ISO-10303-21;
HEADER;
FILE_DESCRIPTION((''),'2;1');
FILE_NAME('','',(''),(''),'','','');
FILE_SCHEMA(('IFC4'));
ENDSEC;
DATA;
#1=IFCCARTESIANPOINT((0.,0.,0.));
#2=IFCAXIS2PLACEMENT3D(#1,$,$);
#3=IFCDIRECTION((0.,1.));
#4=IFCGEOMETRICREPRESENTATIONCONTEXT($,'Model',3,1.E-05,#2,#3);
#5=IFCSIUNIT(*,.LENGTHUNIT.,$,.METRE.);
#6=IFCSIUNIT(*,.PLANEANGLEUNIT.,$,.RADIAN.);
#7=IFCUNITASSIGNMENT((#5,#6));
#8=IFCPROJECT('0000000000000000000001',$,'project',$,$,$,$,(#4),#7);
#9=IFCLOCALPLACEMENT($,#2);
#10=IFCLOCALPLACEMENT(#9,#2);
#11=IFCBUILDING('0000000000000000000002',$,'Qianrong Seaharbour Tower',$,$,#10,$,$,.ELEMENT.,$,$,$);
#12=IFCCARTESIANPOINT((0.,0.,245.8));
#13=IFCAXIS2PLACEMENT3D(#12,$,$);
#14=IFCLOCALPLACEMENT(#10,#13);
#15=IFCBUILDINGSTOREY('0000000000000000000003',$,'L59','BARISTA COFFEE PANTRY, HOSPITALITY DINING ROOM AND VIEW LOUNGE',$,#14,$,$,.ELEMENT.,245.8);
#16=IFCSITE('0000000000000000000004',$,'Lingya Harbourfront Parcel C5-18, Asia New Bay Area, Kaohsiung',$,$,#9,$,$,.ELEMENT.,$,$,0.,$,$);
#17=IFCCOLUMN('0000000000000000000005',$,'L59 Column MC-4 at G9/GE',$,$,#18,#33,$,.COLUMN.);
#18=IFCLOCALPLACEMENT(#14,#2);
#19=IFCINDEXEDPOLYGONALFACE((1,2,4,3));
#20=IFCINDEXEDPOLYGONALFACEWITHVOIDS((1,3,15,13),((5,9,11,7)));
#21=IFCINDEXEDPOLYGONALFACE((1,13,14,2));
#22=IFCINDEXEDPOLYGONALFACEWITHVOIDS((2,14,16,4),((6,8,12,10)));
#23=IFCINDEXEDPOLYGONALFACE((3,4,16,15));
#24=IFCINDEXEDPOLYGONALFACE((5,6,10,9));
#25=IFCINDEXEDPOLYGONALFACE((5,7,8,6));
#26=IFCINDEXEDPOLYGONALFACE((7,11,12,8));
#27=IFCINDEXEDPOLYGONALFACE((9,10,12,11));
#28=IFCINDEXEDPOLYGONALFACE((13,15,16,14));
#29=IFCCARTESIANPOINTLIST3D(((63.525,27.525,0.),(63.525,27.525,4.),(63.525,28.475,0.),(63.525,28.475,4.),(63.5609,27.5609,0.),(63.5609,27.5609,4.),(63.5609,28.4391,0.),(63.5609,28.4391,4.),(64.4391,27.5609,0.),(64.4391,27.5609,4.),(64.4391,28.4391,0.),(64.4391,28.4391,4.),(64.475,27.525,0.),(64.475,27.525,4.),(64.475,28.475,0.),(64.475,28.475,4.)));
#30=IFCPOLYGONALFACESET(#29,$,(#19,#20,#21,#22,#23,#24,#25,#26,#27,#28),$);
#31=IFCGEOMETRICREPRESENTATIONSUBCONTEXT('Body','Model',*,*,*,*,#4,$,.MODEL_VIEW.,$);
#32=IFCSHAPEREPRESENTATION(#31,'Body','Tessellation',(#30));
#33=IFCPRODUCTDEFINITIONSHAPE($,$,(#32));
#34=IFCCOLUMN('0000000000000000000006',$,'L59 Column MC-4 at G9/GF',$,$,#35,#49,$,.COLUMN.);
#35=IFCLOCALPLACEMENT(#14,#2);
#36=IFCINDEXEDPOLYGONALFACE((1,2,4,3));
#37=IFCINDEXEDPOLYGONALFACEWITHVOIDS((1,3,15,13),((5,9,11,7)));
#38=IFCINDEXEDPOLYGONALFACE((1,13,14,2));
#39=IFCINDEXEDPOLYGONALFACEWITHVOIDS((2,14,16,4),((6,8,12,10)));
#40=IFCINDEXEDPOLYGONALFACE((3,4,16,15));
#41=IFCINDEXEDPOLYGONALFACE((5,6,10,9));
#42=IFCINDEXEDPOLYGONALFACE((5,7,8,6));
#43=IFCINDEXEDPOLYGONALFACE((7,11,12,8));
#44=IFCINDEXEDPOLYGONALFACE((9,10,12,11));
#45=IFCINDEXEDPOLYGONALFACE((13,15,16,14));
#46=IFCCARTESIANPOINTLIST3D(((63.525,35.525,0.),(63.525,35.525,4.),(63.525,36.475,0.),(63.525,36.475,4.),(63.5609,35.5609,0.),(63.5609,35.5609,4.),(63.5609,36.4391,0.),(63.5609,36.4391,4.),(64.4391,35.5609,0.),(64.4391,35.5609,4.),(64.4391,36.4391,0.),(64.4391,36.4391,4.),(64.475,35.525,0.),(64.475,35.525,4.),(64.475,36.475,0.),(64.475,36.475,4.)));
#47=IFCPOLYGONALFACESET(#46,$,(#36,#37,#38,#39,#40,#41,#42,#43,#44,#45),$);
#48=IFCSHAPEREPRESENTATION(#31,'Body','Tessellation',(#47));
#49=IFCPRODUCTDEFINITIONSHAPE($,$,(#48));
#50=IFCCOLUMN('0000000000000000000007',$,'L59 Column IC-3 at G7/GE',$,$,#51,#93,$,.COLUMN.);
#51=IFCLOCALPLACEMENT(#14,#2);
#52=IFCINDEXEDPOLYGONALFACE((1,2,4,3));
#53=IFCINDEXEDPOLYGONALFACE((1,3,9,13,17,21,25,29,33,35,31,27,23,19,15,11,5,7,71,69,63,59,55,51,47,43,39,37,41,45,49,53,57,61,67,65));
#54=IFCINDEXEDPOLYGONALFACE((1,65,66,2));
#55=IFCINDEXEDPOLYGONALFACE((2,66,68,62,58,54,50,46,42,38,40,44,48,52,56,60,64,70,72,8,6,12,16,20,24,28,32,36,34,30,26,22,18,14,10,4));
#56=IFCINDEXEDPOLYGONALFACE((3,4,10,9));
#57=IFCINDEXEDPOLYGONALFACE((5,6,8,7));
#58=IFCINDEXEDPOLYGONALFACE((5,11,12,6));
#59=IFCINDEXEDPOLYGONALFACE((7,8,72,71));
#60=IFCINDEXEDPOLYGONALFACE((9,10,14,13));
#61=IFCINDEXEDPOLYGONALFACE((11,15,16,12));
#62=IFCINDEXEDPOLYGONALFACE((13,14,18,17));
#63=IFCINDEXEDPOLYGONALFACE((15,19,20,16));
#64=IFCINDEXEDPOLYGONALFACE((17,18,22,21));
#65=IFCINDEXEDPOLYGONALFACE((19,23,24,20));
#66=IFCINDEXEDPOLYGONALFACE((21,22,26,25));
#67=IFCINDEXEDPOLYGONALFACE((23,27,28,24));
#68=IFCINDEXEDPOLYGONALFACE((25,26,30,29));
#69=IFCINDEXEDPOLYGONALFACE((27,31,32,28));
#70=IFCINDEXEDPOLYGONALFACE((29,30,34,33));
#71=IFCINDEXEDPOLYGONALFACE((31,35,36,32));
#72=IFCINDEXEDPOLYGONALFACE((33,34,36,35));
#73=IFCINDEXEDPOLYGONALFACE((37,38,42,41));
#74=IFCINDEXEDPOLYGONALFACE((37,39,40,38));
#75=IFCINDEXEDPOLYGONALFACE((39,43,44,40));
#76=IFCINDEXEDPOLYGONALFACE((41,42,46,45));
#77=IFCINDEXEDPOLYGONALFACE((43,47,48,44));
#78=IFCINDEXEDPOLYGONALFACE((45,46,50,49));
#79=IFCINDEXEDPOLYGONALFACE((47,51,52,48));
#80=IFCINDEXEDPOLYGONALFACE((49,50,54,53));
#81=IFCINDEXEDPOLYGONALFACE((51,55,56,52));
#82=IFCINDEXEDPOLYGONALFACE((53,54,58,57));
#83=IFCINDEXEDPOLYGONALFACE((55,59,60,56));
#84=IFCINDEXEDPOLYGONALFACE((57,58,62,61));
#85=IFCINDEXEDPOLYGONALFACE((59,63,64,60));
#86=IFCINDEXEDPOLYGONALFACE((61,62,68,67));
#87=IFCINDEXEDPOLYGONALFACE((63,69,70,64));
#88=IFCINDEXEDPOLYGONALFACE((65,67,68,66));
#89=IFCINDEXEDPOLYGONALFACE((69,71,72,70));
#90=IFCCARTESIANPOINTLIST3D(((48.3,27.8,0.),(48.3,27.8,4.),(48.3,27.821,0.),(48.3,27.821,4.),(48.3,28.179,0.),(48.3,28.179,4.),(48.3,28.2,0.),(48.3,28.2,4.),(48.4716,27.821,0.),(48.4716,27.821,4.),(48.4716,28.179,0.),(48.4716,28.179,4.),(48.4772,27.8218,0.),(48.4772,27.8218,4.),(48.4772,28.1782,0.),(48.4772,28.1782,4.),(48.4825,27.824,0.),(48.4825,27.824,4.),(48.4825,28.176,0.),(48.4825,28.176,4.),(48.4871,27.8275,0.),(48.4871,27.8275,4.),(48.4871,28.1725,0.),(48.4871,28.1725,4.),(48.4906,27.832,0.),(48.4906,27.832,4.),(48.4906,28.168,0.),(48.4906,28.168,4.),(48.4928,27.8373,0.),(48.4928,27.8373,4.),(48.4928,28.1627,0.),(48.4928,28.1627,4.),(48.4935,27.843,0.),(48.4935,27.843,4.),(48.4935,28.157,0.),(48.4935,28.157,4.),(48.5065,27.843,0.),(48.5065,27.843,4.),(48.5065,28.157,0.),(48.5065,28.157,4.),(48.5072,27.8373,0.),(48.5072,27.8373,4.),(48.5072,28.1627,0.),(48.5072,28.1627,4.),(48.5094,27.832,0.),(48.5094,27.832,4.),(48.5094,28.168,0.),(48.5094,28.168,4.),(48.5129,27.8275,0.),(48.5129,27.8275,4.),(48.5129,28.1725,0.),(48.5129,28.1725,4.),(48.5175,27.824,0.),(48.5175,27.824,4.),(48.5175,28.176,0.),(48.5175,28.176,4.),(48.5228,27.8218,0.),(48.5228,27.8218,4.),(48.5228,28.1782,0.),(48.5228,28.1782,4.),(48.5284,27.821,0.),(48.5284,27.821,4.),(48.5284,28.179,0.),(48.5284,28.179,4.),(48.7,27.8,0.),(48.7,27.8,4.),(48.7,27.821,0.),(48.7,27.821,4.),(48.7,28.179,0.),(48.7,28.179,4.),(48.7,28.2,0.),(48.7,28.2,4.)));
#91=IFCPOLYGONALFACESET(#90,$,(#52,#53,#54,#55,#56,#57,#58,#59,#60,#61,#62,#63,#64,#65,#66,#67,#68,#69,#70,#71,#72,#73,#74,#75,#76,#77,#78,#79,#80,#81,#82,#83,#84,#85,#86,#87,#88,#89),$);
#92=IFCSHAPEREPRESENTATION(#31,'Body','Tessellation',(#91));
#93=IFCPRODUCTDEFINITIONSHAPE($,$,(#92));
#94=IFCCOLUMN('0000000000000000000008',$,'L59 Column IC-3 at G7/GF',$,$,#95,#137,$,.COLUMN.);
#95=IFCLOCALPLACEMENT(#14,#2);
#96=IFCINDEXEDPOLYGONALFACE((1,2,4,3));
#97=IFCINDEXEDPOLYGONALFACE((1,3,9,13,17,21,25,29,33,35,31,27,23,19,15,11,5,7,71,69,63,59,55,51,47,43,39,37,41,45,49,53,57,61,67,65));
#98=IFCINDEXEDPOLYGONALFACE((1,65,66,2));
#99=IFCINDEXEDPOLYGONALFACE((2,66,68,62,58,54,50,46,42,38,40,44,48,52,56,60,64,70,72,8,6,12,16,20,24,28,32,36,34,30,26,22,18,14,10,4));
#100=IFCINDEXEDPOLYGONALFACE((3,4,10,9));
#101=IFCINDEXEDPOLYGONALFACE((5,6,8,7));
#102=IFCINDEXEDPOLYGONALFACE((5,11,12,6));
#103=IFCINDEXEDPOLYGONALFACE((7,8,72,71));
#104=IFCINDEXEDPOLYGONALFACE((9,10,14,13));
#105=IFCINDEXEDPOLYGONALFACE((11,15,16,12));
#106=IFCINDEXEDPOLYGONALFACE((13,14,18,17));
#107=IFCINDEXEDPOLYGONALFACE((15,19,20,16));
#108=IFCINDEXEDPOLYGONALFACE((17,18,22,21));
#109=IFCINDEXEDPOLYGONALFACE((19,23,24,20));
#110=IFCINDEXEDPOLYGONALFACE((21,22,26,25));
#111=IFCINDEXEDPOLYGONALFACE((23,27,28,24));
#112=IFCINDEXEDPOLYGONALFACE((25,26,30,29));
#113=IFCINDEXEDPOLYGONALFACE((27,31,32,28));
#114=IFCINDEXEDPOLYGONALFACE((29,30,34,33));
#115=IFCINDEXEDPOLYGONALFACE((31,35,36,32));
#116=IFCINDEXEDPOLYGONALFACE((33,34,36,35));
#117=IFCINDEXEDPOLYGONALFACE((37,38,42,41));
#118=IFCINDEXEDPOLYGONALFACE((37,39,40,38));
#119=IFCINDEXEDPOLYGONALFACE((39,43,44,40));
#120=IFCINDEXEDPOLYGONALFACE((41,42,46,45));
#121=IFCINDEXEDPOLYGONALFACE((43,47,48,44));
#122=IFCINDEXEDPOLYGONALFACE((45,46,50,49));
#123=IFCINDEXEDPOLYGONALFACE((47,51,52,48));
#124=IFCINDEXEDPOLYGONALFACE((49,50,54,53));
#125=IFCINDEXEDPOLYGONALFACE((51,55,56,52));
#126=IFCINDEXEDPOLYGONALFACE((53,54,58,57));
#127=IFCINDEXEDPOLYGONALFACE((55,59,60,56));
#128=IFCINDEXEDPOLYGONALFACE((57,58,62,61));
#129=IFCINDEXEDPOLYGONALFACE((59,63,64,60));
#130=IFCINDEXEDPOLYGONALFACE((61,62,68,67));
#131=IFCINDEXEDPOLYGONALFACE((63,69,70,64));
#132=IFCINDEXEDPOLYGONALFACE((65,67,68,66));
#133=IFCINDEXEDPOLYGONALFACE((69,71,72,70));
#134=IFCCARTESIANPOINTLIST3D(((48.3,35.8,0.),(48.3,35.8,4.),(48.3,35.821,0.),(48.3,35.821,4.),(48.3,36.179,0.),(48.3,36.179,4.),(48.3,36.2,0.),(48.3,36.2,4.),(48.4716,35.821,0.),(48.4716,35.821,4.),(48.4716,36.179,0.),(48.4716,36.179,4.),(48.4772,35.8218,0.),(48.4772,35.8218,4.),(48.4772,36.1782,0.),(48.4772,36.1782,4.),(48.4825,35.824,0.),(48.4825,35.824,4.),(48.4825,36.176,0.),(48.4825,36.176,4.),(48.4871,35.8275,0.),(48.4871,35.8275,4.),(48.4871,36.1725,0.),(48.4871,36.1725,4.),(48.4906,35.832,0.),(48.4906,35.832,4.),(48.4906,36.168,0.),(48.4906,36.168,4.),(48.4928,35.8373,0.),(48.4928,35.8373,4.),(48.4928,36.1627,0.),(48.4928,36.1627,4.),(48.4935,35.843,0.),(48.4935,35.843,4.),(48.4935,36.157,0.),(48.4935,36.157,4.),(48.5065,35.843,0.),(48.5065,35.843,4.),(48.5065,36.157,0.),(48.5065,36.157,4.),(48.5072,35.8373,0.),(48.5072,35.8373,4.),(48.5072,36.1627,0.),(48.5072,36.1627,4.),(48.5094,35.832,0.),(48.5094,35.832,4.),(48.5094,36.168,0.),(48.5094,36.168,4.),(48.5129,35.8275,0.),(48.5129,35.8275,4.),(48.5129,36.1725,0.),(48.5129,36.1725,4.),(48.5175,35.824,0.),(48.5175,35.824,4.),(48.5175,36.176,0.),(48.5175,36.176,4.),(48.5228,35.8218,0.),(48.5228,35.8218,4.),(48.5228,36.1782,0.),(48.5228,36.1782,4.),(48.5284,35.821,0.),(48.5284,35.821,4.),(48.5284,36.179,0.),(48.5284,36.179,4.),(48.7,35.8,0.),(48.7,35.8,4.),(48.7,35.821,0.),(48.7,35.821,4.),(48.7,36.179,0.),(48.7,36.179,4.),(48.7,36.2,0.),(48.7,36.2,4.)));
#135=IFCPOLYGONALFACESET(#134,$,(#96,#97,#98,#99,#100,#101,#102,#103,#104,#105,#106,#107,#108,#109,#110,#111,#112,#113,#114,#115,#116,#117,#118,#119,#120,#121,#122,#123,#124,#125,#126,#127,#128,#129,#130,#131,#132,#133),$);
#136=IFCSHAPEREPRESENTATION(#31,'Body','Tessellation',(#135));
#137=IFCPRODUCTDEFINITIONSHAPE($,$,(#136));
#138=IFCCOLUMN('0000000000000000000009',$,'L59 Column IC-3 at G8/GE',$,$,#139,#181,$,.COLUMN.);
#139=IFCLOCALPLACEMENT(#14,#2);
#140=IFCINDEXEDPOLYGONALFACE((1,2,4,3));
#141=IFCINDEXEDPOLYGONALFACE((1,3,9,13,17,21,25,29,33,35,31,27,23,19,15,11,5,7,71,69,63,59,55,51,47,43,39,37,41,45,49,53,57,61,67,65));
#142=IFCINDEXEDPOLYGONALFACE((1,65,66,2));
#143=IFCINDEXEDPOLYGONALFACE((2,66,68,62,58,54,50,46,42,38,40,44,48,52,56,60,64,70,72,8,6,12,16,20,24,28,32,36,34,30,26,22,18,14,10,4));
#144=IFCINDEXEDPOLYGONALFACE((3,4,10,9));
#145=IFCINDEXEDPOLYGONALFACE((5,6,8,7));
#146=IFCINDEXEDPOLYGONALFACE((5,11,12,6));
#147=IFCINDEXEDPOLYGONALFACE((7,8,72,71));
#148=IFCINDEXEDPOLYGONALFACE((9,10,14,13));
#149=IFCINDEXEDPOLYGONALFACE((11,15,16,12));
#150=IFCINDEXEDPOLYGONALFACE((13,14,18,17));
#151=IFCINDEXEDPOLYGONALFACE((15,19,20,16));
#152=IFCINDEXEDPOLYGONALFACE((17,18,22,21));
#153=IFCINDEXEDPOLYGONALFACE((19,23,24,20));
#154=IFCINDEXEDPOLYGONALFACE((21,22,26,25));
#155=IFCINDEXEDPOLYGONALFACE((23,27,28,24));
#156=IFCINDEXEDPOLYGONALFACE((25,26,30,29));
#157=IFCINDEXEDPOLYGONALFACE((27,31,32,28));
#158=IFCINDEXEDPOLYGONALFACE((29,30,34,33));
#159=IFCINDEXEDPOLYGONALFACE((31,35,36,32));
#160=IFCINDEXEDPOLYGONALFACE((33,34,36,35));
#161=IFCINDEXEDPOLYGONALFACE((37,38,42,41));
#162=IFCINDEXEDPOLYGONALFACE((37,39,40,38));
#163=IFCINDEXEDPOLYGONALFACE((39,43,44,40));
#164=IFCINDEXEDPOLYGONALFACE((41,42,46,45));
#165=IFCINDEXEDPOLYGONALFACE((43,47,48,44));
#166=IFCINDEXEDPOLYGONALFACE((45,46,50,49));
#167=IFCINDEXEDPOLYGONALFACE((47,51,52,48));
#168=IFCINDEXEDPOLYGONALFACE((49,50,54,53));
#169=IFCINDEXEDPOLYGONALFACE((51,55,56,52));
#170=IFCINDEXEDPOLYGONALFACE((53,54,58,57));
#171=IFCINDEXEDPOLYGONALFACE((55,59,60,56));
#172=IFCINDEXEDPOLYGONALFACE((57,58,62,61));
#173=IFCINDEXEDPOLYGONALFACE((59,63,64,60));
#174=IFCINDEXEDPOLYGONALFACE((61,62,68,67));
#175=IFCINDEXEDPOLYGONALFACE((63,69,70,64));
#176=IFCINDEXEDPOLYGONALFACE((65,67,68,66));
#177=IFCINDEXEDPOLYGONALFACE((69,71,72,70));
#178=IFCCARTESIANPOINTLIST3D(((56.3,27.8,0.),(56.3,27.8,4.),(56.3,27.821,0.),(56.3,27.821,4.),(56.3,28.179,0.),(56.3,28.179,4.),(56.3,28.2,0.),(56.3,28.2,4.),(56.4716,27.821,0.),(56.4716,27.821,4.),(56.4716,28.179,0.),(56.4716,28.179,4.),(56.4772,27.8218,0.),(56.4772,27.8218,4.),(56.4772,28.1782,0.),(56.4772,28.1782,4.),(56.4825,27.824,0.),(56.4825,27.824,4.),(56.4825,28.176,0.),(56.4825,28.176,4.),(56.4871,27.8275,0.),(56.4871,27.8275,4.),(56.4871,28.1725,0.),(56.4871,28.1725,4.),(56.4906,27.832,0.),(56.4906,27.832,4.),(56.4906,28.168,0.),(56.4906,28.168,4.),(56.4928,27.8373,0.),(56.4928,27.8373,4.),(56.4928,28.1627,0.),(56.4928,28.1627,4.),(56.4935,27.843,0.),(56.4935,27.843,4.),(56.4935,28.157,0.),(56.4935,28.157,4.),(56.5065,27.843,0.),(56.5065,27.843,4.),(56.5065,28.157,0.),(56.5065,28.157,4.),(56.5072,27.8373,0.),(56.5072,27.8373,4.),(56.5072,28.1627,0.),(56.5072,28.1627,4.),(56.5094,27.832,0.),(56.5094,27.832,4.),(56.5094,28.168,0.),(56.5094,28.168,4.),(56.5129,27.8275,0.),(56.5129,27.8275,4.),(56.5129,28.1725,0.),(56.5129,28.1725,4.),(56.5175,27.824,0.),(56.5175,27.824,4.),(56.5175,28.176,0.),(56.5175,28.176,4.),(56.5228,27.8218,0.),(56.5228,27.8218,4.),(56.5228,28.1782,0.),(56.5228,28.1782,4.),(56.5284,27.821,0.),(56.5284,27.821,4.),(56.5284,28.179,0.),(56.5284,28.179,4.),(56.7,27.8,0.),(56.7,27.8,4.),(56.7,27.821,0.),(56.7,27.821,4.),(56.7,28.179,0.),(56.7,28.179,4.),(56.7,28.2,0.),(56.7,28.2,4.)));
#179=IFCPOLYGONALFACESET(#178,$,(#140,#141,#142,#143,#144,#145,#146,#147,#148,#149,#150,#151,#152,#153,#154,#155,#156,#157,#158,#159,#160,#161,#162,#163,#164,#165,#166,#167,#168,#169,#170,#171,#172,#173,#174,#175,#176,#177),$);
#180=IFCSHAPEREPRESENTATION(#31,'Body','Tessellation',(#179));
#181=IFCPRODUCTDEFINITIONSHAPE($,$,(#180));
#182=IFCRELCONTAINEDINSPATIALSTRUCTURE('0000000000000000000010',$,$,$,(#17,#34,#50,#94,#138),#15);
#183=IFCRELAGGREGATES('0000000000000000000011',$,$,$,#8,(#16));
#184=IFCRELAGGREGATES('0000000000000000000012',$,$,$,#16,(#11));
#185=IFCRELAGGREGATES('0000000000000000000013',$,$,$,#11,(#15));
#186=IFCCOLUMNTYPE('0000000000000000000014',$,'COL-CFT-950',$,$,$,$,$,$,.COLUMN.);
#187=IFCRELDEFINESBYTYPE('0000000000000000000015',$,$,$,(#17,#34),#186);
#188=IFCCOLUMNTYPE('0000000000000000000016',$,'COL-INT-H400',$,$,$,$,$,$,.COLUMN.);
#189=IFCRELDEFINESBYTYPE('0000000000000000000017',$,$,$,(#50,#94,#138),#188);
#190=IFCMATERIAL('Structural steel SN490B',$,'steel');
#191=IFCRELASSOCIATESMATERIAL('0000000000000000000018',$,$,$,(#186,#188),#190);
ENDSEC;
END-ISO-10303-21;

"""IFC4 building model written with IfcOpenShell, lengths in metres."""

from ifc_helpers import new_model, si_unit, direction, frame, origin, origin_2d, place, context, subcontext, project, spatial, hollow_rectangle, i_section, extrude, material, material_profile, profile_set, type_object, element, save


model = new_model("IFC4")

# Units and contexts
model_context = context("Model", 3, precision=1e-05, world=origin(), true_north=direction((0.0, 1.0)))
body_context = subcontext(model_context, "Body", "Model", "MODEL_VIEW")
ifc_project = project(units=[si_unit("LENGTHUNIT", "METRE"), si_unit("PLANEANGLEUNIT", "RADIAN")], contexts=[model_context])

# Site, building, storey
site_placement = place(None, origin())
site = spatial("IfcSite", under=ifc_project, at=site_placement, Name="Lingya Harbourfront Parcel C5-18, Asia New Bay Area, Kaohsiung", CompositionType="ELEMENT", RefElevation=0.0)
building_placement = place(site_placement, origin())
building = spatial("IfcBuilding", under=site, at=building_placement, Name="Qianrong Seaharbour Tower", CompositionType="ELEMENT")
storey_placement = place(building_placement, frame((0.0, 0.0, 245.8)))
storey = spatial("IfcBuildingStorey", under=building, at=storey_placement, Name="L59", Description="BARISTA COFFEE PANTRY, HOSPITALITY DINING ROOM AND VIEW LOUNGE", CompositionType="ELEMENT", Elevation=245.8)

# Columns
ifc_material_1 = material(Name="Structural steel SN490B", Category="steel")
ifc_material_profile_1 = material_profile(ifc_material_1, hollow_rectangle(XDim=0.95, YDim=0.95, WallThickness=0.0359, at=origin_2d()), Name="BOX950x950x36")
ifc_profile_set_1 = profile_set([ifc_material_profile_1], Name="Structural steel SN490B")
column_type_1 = type_object("IfcColumnType", Name="COL-CFT-950", PredefinedType="COLUMN", material=ifc_profile_set_1)
for number, where, z_axis, x_axis, name in (
    (1, (64.0, 28.0, 0.0), (0.0, 0.0, 1.0), (1.0, 0.0, 0.0), "L59 Column MC-4 at G9/GE"),
    (2, (64.0, 36.0, 0.0), (0.0, 0.0, 1.0), (1.0, 0.0, 0.0), "L59 Column MC-4 at G9/GF"),
):
    element("IfcColumn", number, at=place(storey_placement, frame(where, z_axis=z_axis, x_axis=x_axis)), inside=storey, type_object=column_type_1, Name=name, PredefinedType="COLUMN", context=body_context, shape_type="SweptSolid", body=[
        extrude(hollow_rectangle(XDim=0.95, YDim=0.95, WallThickness=0.0359, at=origin_2d()), origin(), (0.0, 0.0, 1.0), 4.0),
    ])
ifc_material_profile_2 = material_profile(ifc_material_1, i_section(OverallWidth=0.3999, OverallDepth=0.3999, WebThickness=0.0129, FlangeThickness=0.021, FilletRadius=0.022, at=origin_2d()), Name="H400x400x13x21")
ifc_profile_set_2 = profile_set([ifc_material_profile_2], Name="Structural steel SN490B")
column_type_2 = type_object("IfcColumnType", Name="COL-INT-H400", PredefinedType="COLUMN", material=ifc_profile_set_2)
for number, where, z_axis, x_axis, name in (
    (3, (48.5, 28.0, 0.0), (0.0, 0.0, 1.0), (1.0, 0.0, 0.0), "L59 Column IC-3 at G7/GE"),
    (4, (48.5, 36.0, 0.0), (0.0, 0.0, 1.0), (1.0, 0.0, 0.0), "L59 Column IC-3 at G7/GF"),
    (5, (56.5, 28.0, 0.0), (0.0, 0.0, 1.0), (1.0, 0.0, 0.0), "L59 Column IC-3 at G8/GE"),
):
    element("IfcColumn", number, at=place(storey_placement, frame(where, z_axis=z_axis, x_axis=x_axis)), inside=storey, type_object=column_type_2, Name=name, PredefinedType="COLUMN", context=body_context, shape_type="SweptSolid", body=[
        extrude(i_section(OverallWidth=0.3999, OverallDepth=0.3999, WebThickness=0.0129, FlangeThickness=0.021, FilletRadius=0.022, at=origin_2d()), origin(), (0.0, 0.0, 1.0), 4.0),
    ])

save(model, "model.ifc")
